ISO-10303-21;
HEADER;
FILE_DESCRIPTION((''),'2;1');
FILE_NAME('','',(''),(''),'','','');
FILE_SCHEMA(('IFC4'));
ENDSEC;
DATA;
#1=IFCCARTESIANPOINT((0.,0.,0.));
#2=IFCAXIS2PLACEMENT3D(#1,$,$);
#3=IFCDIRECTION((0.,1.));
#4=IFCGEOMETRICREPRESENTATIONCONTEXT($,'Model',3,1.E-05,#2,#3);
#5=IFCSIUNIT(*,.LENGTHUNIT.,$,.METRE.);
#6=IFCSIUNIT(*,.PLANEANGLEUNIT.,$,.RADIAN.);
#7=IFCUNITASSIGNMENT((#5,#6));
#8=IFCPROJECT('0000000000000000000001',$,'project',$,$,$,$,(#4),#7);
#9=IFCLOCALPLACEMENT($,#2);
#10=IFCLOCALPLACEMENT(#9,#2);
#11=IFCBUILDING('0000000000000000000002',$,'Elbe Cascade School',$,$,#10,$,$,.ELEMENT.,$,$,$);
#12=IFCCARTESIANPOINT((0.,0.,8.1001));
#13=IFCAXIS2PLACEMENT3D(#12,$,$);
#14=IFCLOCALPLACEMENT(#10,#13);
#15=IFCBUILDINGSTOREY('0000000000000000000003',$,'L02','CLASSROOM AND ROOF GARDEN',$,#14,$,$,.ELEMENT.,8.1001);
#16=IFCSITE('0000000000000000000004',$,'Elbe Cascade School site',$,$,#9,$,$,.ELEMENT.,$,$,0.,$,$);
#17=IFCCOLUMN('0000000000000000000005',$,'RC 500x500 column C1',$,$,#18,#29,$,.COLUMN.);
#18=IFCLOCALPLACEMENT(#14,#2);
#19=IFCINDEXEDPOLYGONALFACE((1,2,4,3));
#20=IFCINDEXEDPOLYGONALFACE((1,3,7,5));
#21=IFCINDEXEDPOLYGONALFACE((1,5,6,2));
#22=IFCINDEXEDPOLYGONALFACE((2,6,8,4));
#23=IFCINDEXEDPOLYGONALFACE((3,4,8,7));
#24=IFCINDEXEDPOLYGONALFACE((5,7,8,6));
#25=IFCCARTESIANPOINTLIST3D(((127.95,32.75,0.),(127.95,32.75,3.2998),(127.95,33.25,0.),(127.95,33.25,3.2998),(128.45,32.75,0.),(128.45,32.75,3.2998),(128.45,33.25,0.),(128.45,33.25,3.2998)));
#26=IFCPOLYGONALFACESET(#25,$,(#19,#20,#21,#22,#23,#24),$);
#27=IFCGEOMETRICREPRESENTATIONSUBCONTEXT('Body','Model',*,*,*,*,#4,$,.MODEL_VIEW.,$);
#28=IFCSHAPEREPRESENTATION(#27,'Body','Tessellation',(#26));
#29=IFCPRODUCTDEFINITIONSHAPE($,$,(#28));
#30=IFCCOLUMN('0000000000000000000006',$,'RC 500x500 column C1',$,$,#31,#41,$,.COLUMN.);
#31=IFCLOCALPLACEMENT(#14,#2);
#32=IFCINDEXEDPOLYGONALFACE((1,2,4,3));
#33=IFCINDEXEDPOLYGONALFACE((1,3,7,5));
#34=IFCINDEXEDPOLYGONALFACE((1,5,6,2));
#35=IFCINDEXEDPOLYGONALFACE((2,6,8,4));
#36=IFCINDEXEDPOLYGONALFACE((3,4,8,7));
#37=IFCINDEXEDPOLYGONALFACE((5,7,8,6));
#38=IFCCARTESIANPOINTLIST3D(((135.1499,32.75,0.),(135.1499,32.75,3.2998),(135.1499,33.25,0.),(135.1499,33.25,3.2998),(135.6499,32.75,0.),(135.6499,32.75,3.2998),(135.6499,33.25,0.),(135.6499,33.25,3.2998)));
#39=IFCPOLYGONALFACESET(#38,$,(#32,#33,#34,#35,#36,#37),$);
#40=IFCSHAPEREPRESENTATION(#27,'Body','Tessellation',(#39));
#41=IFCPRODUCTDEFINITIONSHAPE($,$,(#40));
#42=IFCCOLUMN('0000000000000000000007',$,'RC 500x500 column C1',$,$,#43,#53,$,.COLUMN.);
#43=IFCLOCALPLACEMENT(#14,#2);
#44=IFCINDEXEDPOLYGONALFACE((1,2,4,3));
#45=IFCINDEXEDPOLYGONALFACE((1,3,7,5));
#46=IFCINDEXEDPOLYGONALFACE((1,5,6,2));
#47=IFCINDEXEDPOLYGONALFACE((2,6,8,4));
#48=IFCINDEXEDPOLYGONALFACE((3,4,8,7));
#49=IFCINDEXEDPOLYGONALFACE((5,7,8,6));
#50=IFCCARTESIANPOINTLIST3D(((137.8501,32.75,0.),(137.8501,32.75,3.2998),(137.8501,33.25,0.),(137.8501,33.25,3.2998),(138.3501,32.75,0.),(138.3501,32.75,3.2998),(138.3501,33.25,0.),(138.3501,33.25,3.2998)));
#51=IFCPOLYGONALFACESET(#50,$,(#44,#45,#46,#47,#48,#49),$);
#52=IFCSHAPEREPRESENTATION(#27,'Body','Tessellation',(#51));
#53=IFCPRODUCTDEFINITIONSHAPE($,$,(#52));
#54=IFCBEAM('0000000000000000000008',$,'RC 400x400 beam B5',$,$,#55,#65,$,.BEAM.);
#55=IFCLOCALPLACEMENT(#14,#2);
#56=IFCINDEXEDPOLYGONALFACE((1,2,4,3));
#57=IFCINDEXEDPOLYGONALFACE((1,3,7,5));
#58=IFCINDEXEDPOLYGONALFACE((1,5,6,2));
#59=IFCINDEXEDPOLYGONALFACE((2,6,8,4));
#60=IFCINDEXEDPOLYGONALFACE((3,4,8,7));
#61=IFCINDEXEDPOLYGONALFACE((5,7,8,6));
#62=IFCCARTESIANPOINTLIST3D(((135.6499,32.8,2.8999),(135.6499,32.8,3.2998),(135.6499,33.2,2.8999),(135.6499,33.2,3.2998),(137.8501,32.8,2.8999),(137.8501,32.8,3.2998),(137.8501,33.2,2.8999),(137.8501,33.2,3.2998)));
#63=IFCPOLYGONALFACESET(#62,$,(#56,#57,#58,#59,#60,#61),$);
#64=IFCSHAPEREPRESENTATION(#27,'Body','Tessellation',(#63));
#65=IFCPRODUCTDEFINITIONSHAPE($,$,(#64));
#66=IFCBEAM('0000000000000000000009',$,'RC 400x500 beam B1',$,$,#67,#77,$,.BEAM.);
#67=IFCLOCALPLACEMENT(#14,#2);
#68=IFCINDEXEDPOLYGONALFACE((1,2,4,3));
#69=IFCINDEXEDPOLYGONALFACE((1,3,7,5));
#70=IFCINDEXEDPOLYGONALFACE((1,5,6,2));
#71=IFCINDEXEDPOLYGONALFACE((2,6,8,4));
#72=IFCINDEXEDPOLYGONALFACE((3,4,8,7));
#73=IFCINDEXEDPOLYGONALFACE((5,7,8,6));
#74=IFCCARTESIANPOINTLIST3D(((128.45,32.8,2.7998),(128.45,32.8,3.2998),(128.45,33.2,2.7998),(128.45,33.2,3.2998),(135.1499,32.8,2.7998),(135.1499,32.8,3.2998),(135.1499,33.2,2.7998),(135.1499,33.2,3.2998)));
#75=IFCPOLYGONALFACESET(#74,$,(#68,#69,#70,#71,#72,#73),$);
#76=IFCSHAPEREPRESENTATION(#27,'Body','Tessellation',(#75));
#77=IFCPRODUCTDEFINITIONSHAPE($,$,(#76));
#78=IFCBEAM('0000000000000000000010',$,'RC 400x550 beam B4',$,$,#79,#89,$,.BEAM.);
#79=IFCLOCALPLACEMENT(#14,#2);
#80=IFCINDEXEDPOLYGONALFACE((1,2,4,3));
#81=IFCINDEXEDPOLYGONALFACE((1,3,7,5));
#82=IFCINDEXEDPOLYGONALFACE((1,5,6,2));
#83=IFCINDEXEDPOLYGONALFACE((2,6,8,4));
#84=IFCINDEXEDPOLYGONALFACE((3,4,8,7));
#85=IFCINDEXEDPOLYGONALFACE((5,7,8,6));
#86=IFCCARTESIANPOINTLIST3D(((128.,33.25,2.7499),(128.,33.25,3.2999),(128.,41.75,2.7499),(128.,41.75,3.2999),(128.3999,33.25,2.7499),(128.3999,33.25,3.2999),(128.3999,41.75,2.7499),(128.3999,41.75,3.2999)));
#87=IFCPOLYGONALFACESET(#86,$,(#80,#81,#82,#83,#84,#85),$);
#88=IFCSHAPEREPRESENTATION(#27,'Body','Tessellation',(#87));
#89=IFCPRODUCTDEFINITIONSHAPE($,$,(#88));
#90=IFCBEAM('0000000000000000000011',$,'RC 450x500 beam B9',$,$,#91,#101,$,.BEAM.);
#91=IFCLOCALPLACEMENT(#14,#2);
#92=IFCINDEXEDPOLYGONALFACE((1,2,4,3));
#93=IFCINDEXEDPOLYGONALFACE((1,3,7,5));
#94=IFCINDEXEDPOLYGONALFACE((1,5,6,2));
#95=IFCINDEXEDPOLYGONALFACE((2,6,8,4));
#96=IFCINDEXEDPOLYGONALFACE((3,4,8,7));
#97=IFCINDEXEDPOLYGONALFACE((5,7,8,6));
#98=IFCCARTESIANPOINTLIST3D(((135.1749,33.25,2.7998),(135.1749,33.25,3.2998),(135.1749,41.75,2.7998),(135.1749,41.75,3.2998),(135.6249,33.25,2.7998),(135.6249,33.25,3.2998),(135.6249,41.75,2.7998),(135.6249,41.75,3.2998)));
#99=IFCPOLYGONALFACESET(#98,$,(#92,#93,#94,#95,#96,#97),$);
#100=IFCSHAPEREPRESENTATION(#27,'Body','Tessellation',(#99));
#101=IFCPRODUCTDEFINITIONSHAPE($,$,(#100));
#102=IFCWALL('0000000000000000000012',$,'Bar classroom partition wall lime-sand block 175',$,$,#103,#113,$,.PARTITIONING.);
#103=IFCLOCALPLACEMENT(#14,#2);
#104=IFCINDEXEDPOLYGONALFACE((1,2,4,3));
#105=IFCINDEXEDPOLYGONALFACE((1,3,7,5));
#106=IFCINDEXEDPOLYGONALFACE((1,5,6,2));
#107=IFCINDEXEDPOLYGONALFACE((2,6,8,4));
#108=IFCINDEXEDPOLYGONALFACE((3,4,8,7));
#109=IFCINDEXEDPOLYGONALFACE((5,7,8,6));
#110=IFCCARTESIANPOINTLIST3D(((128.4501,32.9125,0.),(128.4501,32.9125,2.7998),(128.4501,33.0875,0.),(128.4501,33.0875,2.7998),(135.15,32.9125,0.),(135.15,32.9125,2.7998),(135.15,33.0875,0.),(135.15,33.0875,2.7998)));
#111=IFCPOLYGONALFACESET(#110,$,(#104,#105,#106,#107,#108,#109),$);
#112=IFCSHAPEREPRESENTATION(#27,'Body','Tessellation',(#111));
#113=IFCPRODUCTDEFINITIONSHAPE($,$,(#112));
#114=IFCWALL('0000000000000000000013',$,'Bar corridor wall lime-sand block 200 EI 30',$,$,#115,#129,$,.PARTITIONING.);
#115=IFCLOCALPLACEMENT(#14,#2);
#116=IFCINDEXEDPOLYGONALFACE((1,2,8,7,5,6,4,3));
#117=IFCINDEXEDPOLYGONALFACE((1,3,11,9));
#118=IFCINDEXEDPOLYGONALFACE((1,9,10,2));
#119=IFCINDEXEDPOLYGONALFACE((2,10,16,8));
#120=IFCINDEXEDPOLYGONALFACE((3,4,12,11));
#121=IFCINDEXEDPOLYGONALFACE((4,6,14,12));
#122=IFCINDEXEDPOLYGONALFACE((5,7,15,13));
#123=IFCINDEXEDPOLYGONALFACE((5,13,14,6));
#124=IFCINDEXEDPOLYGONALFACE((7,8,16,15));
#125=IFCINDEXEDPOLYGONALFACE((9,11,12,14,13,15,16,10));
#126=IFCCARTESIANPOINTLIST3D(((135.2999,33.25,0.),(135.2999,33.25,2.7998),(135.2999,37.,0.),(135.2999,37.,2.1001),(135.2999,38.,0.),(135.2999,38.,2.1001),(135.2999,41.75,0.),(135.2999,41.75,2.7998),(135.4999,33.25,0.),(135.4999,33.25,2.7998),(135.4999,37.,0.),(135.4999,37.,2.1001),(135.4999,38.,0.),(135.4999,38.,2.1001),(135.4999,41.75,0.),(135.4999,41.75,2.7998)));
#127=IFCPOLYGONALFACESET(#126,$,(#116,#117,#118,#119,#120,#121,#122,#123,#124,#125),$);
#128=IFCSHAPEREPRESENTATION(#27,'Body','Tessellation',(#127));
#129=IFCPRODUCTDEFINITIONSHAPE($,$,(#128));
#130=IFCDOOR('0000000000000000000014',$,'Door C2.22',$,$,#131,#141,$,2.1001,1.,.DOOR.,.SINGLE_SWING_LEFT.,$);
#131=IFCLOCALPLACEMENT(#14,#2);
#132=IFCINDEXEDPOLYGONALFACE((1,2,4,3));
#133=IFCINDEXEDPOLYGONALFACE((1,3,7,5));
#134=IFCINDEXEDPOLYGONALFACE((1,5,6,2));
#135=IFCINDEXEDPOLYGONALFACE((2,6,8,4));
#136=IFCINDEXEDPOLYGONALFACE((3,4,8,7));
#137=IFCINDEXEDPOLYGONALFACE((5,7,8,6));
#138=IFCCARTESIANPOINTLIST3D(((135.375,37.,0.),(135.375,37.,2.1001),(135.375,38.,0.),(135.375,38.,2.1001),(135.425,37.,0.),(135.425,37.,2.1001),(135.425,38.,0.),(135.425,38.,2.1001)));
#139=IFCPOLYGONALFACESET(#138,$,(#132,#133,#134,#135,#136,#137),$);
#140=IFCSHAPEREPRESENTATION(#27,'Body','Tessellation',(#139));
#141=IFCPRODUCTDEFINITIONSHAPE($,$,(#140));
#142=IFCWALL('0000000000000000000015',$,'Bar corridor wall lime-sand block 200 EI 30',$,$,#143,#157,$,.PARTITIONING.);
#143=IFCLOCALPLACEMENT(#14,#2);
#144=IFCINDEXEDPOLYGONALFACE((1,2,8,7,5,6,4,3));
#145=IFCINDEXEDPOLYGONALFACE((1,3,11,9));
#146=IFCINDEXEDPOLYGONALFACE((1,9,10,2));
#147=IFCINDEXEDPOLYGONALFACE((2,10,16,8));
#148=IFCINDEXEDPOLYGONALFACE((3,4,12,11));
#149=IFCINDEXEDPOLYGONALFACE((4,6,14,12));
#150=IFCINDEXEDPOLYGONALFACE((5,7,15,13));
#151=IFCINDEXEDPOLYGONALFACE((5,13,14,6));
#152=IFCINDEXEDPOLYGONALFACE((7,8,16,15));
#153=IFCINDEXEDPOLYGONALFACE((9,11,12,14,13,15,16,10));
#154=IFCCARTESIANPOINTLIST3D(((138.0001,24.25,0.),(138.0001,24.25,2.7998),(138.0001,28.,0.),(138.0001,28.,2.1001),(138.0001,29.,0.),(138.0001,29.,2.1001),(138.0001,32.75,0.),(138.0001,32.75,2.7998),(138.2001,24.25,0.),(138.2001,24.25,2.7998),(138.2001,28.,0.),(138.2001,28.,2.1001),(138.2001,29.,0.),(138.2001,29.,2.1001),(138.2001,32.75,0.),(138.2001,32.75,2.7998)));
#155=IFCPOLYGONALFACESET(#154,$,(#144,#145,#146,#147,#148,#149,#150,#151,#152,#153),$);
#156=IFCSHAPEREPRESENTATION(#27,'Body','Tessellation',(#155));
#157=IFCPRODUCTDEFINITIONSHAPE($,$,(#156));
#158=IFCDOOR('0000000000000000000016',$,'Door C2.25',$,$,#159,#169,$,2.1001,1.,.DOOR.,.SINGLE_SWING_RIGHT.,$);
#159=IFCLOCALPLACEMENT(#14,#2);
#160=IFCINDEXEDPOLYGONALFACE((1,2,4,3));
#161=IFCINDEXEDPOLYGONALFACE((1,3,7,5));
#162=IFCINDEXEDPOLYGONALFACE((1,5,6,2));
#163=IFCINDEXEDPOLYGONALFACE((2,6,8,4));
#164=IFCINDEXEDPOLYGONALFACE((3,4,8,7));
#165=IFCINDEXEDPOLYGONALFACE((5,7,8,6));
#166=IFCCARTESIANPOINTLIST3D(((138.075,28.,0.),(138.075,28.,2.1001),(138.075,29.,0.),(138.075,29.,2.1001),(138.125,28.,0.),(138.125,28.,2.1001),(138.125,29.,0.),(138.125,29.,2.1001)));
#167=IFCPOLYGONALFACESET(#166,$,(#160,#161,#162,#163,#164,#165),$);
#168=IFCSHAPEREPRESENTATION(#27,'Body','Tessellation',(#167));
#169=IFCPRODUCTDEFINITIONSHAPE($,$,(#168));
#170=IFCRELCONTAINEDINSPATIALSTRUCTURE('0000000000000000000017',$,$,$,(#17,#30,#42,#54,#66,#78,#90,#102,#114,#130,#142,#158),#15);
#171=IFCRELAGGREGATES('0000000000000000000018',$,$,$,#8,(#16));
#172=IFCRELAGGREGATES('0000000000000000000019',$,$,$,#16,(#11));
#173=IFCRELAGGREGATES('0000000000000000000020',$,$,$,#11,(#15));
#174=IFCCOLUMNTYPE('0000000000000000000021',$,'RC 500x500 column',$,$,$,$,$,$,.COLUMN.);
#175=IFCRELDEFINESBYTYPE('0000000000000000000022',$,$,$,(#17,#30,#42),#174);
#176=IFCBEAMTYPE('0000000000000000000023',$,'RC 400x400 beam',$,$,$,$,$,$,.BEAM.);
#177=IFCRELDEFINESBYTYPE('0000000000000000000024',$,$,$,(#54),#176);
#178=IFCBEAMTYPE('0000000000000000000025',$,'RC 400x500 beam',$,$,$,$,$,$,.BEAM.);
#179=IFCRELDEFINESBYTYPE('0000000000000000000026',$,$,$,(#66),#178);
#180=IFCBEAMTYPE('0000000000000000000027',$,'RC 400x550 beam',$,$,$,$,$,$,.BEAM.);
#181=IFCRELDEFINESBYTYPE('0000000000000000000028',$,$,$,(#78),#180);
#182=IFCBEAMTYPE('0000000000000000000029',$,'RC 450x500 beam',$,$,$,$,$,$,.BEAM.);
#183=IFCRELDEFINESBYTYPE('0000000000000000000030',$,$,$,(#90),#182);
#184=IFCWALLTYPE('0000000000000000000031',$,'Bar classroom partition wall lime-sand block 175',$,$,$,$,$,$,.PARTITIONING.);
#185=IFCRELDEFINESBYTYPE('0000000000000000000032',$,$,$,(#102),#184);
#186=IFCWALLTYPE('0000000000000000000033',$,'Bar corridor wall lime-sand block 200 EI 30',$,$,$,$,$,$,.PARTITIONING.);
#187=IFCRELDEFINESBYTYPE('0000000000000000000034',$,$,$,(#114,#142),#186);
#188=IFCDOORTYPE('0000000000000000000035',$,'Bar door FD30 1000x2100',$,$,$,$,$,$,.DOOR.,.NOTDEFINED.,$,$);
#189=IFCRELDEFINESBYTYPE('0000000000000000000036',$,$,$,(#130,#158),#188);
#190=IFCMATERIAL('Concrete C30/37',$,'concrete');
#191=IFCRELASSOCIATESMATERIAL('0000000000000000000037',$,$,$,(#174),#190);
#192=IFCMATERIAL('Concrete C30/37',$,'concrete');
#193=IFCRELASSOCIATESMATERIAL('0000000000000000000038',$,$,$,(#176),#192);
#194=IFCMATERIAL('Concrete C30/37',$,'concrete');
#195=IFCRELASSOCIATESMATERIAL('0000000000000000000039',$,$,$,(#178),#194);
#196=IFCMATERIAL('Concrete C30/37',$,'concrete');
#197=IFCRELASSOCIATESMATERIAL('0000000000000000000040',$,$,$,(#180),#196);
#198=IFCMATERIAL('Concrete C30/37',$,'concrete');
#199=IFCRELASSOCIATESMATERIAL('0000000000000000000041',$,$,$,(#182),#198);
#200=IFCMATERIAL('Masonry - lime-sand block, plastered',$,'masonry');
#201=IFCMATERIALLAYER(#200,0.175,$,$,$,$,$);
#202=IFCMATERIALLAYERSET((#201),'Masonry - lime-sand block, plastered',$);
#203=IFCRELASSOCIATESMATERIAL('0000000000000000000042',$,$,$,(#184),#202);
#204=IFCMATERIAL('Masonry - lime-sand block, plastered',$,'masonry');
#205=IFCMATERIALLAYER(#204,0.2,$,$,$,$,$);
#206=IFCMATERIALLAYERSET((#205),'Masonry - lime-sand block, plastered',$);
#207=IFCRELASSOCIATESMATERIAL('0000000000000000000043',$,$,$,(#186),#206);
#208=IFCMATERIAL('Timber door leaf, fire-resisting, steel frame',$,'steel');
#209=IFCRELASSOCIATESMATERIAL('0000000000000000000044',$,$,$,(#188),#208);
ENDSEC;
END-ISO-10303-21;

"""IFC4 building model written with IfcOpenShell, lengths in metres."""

from ifc_helpers import new_model, si_unit, direction, frame, frame_2d, origin, origin_2d, place, context, subcontext, project, spatial, rectangle, extrude, material, layer, layer_set, material_profile, profile_set, type_object, element, fill, save


model = new_model("IFC4")

# Units and contexts
model_context = context("Model", 3, precision=1e-05, world=origin(), true_north=direction((0.0, 1.0)))
body_context = subcontext(model_context, "Body", "Model", "MODEL_VIEW")
ifc_project = project(units=[si_unit("LENGTHUNIT", "METRE"), si_unit("PLANEANGLEUNIT", "RADIAN")], contexts=[model_context])

# Site, building, storey
site_placement = place(None, origin())
site = spatial("IfcSite", under=ifc_project, at=site_placement, Name="Elbe Cascade School site", CompositionType="ELEMENT", RefElevation=0.0)
building_placement = place(site_placement, origin())
building = spatial("IfcBuilding", under=site, at=building_placement, Name="Elbe Cascade School", CompositionType="ELEMENT")
storey_placement = place(building_placement, frame((0.0, 0.0, 8.1001)))
storey = spatial("IfcBuildingStorey", under=building, at=storey_placement, Name="L02", Description="CLASSROOM AND ROOF GARDEN", CompositionType="ELEMENT", Elevation=8.1001)

# Columns
ifc_material_1 = material(Name="Concrete C30/37", Category="concrete")
ifc_material_profile_1 = material_profile(ifc_material_1, rectangle(XDim=0.5, YDim=0.5, at=origin_2d()), Name="RC 500x500")
ifc_profile_set_1 = profile_set([ifc_material_profile_1], Name="Concrete C30/37")
column_type = type_object("IfcColumnType", Name="RC 500x500 column", PredefinedType="COLUMN", material=ifc_profile_set_1)
for number, where, z_axis, x_axis, name in (
    (1, (128.2, 33.0, 0.0), (0.0, 0.0, 1.0), (1.0, 0.0, 0.0), "RC 500x500 column C1"),
    (2, (135.3999, 33.0, 0.0), (0.0, 0.0, 1.0), (1.0, 0.0, 0.0), "RC 500x500 column C1"),
    (3, (138.1001, 33.0, 0.0), (0.0, 0.0, 1.0), (1.0, 0.0, 0.0), "RC 500x500 column C1"),
):
    element("IfcColumn", number, at=place(storey_placement, frame(where, z_axis=z_axis, x_axis=x_axis)), inside=storey, type_object=column_type, Name=name, PredefinedType="COLUMN", context=body_context, shape_type="SweptSolid", body=[
        extrude(rectangle(XDim=0.5, YDim=0.5, at=origin_2d()), origin(), (0.0, 0.0, 1.0), 3.2998),
    ])

# Beams
ifc_material_2 = material(Name="Concrete C30/37", Category="concrete")
ifc_material_profile_2 = material_profile(ifc_material_2, rectangle(XDim=0.3999, YDim=0.3999, at=origin_2d()), Name="RC 400x400")
ifc_profile_set_2 = profile_set([ifc_material_profile_2], Name="Concrete C30/37")
beam_type_1 = type_object("IfcBeamType", Name="RC 400x400 beam", PredefinedType="BEAM", material=ifc_profile_set_2)
beam_1_placement = place(storey_placement, frame((135.6499, 33.0, 3.0999), z_axis=(1.0, 0.0, 0.0), x_axis=(0.0, 1.0, 0.0)))
element("IfcBeam", 4, at=beam_1_placement, inside=storey, type_object=beam_type_1, Name="RC 400x400 beam B5", PredefinedType="BEAM", context=body_context, shape_type="SweptSolid", body=[
    extrude(rectangle(XDim=0.3999, YDim=0.3999, at=origin_2d()), origin(), (0.0, 0.0, 1.0), 2.2002),
])
ifc_material_3 = material(Name="Concrete C30/37", Category="concrete")
ifc_material_profile_3 = material_profile(ifc_material_3, rectangle(XDim=0.3999, YDim=0.5, at=origin_2d()), Name="RC 400x500")
ifc_profile_set_3 = profile_set([ifc_material_profile_3], Name="Concrete C30/37")
beam_type_2 = type_object("IfcBeamType", Name="RC 400x500 beam", PredefinedType="BEAM", material=ifc_profile_set_3)
beam_2_placement = place(storey_placement, frame((128.45, 33.0, 3.0498), z_axis=(1.0, 0.0, 0.0), x_axis=(0.0, 1.0, 0.0)))
element("IfcBeam", 5, at=beam_2_placement, inside=storey, type_object=beam_type_2, Name="RC 400x500 beam B1", PredefinedType="BEAM", context=body_context, shape_type="SweptSolid", body=[
    extrude(rectangle(XDim=0.3999, YDim=0.5, at=origin_2d()), origin(), (0.0, 0.0, 1.0), 6.7),
])
ifc_material_4 = material(Name="Concrete C30/37", Category="concrete")
ifc_material_profile_4 = material_profile(ifc_material_4, rectangle(XDim=0.3999, YDim=0.55, at=origin_2d()), Name="RC 400x550")
ifc_profile_set_4 = profile_set([ifc_material_profile_4], Name="Concrete C30/37")
beam_type_3 = type_object("IfcBeamType", Name="RC 400x550 beam", PredefinedType="BEAM", material=ifc_profile_set_4)
beam_3_placement = place(storey_placement, frame((128.2, 33.25, 3.0249), z_axis=(0.0, 1.0, 0.0), x_axis=(-1.0, 0.0, 0.0)))
element("IfcBeam", 6, at=beam_3_placement, inside=storey, type_object=beam_type_3, Name="RC 400x550 beam B4", PredefinedType="BEAM", context=body_context, shape_type="SweptSolid", body=[
    extrude(rectangle(XDim=0.3999, YDim=0.55, at=origin_2d()), origin(), (0.0, 0.0, 1.0), 8.5),
])
ifc_material_5 = material(Name="Concrete C30/37", Category="concrete")
ifc_material_profile_5 = material_profile(ifc_material_5, rectangle(XDim=0.45, YDim=0.5, at=origin_2d()), Name="RC 450x500")
ifc_profile_set_5 = profile_set([ifc_material_profile_5], Name="Concrete C30/37")
beam_type_4 = type_object("IfcBeamType", Name="RC 450x500 beam", PredefinedType="BEAM", material=ifc_profile_set_5)
beam_4_placement = place(storey_placement, frame((135.3999, 33.25, 3.0498), z_axis=(0.0, 1.0, 0.0), x_axis=(-1.0, 0.0, 0.0)))
element("IfcBeam", 7, at=beam_4_placement, inside=storey, type_object=beam_type_4, Name="RC 450x500 beam B9", PredefinedType="BEAM", context=body_context, shape_type="SweptSolid", body=[
    extrude(rectangle(XDim=0.45, YDim=0.5, at=origin_2d()), origin(), (0.0, 0.0, 1.0), 8.5),
])

# Wall
ifc_material_6 = material(Name="Masonry - lime-sand block, plastered", Category="masonry")
ifc_layer_1 = layer(ifc_material_6, 0.175)
ifc_layer_set_1 = layer_set([ifc_layer_1], Name="Masonry - lime-sand block, plastered")
wall_type_1 = type_object("IfcWallType", Name="Bar classroom partition wall lime-sand block 175", PredefinedType="PARTITIONING", material=ifc_layer_set_1)
wall_1_placement = place(storey_placement, frame((128.45, 33.0, 0.0), z_axis=(0.0, 0.0, 1.0), x_axis=(1.0, 0.0, 0.0)))
element("IfcWall", 8, at=wall_1_placement, inside=storey, type_object=wall_type_1, Name="Bar classroom partition wall lime-sand block 175", PredefinedType="PARTITIONING", context=body_context, shape_type="SweptSolid", body=[
    extrude(rectangle(XDim=6.7, YDim=0.175, at=frame_2d((3.3501, 0.0))), origin(), (0.0, 0.0, 1.0), 2.7998),
])

# Walls, openings, doors
ifc_material_7 = material(Name="Masonry - lime-sand block, plastered", Category="masonry")
ifc_layer_2 = layer(ifc_material_7, 0.2)
ifc_layer_set_2 = layer_set([ifc_layer_2], Name="Masonry - lime-sand block, plastered")
wall_type_2 = type_object("IfcWallType", Name="Bar corridor wall lime-sand block 200 EI 30", PredefinedType="PARTITIONING", material=ifc_layer_set_2)
wall_2_placement = place(storey_placement, frame((135.3999, 33.25, 0.0), z_axis=(0.0, 0.0, 1.0), x_axis=(0.0, 1.0, 0.0)))
wall_2 = element("IfcWall", 9, at=wall_2_placement, inside=storey, type_object=wall_type_2, Name="Bar corridor wall lime-sand block 200 EI 30", PredefinedType="PARTITIONING", context=body_context, shape_type="SweptSolid", body=[
    extrude(rectangle(XDim=8.5, YDim=0.2, at=frame_2d((4.25, 0.0))), origin(), (0.0, 0.0, 1.0), 2.7998),
])
opening_1_placement = place(wall_2_placement, frame((3.75, 0.0, 0.0)))
opening_1 = element("IfcOpeningElement", 10, at=opening_1_placement, cuts=wall_2, PredefinedType="OPENING", context=body_context, shape_type="SweptSolid", body=[
    extrude(rectangle(XDim=1.0, YDim=2.1001, at=frame_2d((0.5, 1.05))), frame((0.0, 0.1099, 0.0), z_axis=(0.0, -1.0, 0.0), x_axis=(1.0, 0.0, 0.0)), (0.0, 0.0, 1.0), 0.22),
])
ifc_material_8 = material(Name="Timber door leaf, fire-resisting, steel frame", Category="steel")
door_type = type_object("IfcDoorType", Name="Bar door FD30 1000x2100", OperationType="NOTDEFINED", PredefinedType="DOOR", material=ifc_material_8)
door_1_placement = place(opening_1_placement, origin())
door_1 = element("IfcDoor", 11, at=door_1_placement, inside=storey, type_object=door_type, Name="Door C2.22", OperationType="SINGLE_SWING_LEFT", OverallHeight=2.1001, OverallWidth=1.0, PredefinedType="DOOR", context=body_context, shape_type="SweptSolid", body=[
    extrude(rectangle(XDim=1.0, YDim=2.1001, at=frame_2d((0.5, 1.05))), frame((0.0, 0.0249, 0.0), z_axis=(0.0, -1.0, 0.0), x_axis=(1.0, 0.0, 0.0)), (0.0, 0.0, 1.0), 0.05),
])
fill(opening_1, door_1)
wall_3_placement = place(storey_placement, frame((138.1001, 32.75, 0.0), z_axis=(0.0, 0.0, 1.0), x_axis=(0.0, -1.0, 0.0)))
wall_3 = element("IfcWall", 12, at=wall_3_placement, inside=storey, type_object=wall_type_2, Name="Bar corridor wall lime-sand block 200 EI 30", PredefinedType="PARTITIONING", context=body_context, shape_type="SweptSolid", body=[
    extrude(rectangle(XDim=8.5, YDim=0.2, at=frame_2d((4.25, 0.0))), origin(), (0.0, 0.0, 1.0), 2.7998),
])
opening_2_placement = place(wall_3_placement, frame((3.75, 0.0, 0.0)))
opening_2 = element("IfcOpeningElement", 13, at=opening_2_placement, cuts=wall_3, PredefinedType="OPENING", context=body_context, shape_type="SweptSolid", body=[
    extrude(rectangle(XDim=1.0, YDim=2.1001, at=frame_2d((0.5, 1.05))), frame((0.0, 0.1099, 0.0), z_axis=(0.0, -1.0, 0.0), x_axis=(1.0, 0.0, 0.0)), (0.0, 0.0, 1.0), 0.22),
])
door_2_placement = place(opening_2_placement, origin())
door_2 = element("IfcDoor", 14, at=door_2_placement, inside=storey, type_object=door_type, Name="Door C2.25", OperationType="SINGLE_SWING_RIGHT", OverallHeight=2.1001, OverallWidth=1.0, PredefinedType="DOOR", context=body_context, shape_type="SweptSolid", body=[
    extrude(rectangle(XDim=1.0, YDim=2.1001, at=frame_2d((0.5, 1.05))), frame((0.0, 0.0249, 0.0), z_axis=(0.0, -1.0, 0.0), x_axis=(1.0, 0.0, 0.0)), (0.0, 0.0, 1.0), 0.05),
])
fill(opening_2, door_2)

save(model, "model.ifc")
